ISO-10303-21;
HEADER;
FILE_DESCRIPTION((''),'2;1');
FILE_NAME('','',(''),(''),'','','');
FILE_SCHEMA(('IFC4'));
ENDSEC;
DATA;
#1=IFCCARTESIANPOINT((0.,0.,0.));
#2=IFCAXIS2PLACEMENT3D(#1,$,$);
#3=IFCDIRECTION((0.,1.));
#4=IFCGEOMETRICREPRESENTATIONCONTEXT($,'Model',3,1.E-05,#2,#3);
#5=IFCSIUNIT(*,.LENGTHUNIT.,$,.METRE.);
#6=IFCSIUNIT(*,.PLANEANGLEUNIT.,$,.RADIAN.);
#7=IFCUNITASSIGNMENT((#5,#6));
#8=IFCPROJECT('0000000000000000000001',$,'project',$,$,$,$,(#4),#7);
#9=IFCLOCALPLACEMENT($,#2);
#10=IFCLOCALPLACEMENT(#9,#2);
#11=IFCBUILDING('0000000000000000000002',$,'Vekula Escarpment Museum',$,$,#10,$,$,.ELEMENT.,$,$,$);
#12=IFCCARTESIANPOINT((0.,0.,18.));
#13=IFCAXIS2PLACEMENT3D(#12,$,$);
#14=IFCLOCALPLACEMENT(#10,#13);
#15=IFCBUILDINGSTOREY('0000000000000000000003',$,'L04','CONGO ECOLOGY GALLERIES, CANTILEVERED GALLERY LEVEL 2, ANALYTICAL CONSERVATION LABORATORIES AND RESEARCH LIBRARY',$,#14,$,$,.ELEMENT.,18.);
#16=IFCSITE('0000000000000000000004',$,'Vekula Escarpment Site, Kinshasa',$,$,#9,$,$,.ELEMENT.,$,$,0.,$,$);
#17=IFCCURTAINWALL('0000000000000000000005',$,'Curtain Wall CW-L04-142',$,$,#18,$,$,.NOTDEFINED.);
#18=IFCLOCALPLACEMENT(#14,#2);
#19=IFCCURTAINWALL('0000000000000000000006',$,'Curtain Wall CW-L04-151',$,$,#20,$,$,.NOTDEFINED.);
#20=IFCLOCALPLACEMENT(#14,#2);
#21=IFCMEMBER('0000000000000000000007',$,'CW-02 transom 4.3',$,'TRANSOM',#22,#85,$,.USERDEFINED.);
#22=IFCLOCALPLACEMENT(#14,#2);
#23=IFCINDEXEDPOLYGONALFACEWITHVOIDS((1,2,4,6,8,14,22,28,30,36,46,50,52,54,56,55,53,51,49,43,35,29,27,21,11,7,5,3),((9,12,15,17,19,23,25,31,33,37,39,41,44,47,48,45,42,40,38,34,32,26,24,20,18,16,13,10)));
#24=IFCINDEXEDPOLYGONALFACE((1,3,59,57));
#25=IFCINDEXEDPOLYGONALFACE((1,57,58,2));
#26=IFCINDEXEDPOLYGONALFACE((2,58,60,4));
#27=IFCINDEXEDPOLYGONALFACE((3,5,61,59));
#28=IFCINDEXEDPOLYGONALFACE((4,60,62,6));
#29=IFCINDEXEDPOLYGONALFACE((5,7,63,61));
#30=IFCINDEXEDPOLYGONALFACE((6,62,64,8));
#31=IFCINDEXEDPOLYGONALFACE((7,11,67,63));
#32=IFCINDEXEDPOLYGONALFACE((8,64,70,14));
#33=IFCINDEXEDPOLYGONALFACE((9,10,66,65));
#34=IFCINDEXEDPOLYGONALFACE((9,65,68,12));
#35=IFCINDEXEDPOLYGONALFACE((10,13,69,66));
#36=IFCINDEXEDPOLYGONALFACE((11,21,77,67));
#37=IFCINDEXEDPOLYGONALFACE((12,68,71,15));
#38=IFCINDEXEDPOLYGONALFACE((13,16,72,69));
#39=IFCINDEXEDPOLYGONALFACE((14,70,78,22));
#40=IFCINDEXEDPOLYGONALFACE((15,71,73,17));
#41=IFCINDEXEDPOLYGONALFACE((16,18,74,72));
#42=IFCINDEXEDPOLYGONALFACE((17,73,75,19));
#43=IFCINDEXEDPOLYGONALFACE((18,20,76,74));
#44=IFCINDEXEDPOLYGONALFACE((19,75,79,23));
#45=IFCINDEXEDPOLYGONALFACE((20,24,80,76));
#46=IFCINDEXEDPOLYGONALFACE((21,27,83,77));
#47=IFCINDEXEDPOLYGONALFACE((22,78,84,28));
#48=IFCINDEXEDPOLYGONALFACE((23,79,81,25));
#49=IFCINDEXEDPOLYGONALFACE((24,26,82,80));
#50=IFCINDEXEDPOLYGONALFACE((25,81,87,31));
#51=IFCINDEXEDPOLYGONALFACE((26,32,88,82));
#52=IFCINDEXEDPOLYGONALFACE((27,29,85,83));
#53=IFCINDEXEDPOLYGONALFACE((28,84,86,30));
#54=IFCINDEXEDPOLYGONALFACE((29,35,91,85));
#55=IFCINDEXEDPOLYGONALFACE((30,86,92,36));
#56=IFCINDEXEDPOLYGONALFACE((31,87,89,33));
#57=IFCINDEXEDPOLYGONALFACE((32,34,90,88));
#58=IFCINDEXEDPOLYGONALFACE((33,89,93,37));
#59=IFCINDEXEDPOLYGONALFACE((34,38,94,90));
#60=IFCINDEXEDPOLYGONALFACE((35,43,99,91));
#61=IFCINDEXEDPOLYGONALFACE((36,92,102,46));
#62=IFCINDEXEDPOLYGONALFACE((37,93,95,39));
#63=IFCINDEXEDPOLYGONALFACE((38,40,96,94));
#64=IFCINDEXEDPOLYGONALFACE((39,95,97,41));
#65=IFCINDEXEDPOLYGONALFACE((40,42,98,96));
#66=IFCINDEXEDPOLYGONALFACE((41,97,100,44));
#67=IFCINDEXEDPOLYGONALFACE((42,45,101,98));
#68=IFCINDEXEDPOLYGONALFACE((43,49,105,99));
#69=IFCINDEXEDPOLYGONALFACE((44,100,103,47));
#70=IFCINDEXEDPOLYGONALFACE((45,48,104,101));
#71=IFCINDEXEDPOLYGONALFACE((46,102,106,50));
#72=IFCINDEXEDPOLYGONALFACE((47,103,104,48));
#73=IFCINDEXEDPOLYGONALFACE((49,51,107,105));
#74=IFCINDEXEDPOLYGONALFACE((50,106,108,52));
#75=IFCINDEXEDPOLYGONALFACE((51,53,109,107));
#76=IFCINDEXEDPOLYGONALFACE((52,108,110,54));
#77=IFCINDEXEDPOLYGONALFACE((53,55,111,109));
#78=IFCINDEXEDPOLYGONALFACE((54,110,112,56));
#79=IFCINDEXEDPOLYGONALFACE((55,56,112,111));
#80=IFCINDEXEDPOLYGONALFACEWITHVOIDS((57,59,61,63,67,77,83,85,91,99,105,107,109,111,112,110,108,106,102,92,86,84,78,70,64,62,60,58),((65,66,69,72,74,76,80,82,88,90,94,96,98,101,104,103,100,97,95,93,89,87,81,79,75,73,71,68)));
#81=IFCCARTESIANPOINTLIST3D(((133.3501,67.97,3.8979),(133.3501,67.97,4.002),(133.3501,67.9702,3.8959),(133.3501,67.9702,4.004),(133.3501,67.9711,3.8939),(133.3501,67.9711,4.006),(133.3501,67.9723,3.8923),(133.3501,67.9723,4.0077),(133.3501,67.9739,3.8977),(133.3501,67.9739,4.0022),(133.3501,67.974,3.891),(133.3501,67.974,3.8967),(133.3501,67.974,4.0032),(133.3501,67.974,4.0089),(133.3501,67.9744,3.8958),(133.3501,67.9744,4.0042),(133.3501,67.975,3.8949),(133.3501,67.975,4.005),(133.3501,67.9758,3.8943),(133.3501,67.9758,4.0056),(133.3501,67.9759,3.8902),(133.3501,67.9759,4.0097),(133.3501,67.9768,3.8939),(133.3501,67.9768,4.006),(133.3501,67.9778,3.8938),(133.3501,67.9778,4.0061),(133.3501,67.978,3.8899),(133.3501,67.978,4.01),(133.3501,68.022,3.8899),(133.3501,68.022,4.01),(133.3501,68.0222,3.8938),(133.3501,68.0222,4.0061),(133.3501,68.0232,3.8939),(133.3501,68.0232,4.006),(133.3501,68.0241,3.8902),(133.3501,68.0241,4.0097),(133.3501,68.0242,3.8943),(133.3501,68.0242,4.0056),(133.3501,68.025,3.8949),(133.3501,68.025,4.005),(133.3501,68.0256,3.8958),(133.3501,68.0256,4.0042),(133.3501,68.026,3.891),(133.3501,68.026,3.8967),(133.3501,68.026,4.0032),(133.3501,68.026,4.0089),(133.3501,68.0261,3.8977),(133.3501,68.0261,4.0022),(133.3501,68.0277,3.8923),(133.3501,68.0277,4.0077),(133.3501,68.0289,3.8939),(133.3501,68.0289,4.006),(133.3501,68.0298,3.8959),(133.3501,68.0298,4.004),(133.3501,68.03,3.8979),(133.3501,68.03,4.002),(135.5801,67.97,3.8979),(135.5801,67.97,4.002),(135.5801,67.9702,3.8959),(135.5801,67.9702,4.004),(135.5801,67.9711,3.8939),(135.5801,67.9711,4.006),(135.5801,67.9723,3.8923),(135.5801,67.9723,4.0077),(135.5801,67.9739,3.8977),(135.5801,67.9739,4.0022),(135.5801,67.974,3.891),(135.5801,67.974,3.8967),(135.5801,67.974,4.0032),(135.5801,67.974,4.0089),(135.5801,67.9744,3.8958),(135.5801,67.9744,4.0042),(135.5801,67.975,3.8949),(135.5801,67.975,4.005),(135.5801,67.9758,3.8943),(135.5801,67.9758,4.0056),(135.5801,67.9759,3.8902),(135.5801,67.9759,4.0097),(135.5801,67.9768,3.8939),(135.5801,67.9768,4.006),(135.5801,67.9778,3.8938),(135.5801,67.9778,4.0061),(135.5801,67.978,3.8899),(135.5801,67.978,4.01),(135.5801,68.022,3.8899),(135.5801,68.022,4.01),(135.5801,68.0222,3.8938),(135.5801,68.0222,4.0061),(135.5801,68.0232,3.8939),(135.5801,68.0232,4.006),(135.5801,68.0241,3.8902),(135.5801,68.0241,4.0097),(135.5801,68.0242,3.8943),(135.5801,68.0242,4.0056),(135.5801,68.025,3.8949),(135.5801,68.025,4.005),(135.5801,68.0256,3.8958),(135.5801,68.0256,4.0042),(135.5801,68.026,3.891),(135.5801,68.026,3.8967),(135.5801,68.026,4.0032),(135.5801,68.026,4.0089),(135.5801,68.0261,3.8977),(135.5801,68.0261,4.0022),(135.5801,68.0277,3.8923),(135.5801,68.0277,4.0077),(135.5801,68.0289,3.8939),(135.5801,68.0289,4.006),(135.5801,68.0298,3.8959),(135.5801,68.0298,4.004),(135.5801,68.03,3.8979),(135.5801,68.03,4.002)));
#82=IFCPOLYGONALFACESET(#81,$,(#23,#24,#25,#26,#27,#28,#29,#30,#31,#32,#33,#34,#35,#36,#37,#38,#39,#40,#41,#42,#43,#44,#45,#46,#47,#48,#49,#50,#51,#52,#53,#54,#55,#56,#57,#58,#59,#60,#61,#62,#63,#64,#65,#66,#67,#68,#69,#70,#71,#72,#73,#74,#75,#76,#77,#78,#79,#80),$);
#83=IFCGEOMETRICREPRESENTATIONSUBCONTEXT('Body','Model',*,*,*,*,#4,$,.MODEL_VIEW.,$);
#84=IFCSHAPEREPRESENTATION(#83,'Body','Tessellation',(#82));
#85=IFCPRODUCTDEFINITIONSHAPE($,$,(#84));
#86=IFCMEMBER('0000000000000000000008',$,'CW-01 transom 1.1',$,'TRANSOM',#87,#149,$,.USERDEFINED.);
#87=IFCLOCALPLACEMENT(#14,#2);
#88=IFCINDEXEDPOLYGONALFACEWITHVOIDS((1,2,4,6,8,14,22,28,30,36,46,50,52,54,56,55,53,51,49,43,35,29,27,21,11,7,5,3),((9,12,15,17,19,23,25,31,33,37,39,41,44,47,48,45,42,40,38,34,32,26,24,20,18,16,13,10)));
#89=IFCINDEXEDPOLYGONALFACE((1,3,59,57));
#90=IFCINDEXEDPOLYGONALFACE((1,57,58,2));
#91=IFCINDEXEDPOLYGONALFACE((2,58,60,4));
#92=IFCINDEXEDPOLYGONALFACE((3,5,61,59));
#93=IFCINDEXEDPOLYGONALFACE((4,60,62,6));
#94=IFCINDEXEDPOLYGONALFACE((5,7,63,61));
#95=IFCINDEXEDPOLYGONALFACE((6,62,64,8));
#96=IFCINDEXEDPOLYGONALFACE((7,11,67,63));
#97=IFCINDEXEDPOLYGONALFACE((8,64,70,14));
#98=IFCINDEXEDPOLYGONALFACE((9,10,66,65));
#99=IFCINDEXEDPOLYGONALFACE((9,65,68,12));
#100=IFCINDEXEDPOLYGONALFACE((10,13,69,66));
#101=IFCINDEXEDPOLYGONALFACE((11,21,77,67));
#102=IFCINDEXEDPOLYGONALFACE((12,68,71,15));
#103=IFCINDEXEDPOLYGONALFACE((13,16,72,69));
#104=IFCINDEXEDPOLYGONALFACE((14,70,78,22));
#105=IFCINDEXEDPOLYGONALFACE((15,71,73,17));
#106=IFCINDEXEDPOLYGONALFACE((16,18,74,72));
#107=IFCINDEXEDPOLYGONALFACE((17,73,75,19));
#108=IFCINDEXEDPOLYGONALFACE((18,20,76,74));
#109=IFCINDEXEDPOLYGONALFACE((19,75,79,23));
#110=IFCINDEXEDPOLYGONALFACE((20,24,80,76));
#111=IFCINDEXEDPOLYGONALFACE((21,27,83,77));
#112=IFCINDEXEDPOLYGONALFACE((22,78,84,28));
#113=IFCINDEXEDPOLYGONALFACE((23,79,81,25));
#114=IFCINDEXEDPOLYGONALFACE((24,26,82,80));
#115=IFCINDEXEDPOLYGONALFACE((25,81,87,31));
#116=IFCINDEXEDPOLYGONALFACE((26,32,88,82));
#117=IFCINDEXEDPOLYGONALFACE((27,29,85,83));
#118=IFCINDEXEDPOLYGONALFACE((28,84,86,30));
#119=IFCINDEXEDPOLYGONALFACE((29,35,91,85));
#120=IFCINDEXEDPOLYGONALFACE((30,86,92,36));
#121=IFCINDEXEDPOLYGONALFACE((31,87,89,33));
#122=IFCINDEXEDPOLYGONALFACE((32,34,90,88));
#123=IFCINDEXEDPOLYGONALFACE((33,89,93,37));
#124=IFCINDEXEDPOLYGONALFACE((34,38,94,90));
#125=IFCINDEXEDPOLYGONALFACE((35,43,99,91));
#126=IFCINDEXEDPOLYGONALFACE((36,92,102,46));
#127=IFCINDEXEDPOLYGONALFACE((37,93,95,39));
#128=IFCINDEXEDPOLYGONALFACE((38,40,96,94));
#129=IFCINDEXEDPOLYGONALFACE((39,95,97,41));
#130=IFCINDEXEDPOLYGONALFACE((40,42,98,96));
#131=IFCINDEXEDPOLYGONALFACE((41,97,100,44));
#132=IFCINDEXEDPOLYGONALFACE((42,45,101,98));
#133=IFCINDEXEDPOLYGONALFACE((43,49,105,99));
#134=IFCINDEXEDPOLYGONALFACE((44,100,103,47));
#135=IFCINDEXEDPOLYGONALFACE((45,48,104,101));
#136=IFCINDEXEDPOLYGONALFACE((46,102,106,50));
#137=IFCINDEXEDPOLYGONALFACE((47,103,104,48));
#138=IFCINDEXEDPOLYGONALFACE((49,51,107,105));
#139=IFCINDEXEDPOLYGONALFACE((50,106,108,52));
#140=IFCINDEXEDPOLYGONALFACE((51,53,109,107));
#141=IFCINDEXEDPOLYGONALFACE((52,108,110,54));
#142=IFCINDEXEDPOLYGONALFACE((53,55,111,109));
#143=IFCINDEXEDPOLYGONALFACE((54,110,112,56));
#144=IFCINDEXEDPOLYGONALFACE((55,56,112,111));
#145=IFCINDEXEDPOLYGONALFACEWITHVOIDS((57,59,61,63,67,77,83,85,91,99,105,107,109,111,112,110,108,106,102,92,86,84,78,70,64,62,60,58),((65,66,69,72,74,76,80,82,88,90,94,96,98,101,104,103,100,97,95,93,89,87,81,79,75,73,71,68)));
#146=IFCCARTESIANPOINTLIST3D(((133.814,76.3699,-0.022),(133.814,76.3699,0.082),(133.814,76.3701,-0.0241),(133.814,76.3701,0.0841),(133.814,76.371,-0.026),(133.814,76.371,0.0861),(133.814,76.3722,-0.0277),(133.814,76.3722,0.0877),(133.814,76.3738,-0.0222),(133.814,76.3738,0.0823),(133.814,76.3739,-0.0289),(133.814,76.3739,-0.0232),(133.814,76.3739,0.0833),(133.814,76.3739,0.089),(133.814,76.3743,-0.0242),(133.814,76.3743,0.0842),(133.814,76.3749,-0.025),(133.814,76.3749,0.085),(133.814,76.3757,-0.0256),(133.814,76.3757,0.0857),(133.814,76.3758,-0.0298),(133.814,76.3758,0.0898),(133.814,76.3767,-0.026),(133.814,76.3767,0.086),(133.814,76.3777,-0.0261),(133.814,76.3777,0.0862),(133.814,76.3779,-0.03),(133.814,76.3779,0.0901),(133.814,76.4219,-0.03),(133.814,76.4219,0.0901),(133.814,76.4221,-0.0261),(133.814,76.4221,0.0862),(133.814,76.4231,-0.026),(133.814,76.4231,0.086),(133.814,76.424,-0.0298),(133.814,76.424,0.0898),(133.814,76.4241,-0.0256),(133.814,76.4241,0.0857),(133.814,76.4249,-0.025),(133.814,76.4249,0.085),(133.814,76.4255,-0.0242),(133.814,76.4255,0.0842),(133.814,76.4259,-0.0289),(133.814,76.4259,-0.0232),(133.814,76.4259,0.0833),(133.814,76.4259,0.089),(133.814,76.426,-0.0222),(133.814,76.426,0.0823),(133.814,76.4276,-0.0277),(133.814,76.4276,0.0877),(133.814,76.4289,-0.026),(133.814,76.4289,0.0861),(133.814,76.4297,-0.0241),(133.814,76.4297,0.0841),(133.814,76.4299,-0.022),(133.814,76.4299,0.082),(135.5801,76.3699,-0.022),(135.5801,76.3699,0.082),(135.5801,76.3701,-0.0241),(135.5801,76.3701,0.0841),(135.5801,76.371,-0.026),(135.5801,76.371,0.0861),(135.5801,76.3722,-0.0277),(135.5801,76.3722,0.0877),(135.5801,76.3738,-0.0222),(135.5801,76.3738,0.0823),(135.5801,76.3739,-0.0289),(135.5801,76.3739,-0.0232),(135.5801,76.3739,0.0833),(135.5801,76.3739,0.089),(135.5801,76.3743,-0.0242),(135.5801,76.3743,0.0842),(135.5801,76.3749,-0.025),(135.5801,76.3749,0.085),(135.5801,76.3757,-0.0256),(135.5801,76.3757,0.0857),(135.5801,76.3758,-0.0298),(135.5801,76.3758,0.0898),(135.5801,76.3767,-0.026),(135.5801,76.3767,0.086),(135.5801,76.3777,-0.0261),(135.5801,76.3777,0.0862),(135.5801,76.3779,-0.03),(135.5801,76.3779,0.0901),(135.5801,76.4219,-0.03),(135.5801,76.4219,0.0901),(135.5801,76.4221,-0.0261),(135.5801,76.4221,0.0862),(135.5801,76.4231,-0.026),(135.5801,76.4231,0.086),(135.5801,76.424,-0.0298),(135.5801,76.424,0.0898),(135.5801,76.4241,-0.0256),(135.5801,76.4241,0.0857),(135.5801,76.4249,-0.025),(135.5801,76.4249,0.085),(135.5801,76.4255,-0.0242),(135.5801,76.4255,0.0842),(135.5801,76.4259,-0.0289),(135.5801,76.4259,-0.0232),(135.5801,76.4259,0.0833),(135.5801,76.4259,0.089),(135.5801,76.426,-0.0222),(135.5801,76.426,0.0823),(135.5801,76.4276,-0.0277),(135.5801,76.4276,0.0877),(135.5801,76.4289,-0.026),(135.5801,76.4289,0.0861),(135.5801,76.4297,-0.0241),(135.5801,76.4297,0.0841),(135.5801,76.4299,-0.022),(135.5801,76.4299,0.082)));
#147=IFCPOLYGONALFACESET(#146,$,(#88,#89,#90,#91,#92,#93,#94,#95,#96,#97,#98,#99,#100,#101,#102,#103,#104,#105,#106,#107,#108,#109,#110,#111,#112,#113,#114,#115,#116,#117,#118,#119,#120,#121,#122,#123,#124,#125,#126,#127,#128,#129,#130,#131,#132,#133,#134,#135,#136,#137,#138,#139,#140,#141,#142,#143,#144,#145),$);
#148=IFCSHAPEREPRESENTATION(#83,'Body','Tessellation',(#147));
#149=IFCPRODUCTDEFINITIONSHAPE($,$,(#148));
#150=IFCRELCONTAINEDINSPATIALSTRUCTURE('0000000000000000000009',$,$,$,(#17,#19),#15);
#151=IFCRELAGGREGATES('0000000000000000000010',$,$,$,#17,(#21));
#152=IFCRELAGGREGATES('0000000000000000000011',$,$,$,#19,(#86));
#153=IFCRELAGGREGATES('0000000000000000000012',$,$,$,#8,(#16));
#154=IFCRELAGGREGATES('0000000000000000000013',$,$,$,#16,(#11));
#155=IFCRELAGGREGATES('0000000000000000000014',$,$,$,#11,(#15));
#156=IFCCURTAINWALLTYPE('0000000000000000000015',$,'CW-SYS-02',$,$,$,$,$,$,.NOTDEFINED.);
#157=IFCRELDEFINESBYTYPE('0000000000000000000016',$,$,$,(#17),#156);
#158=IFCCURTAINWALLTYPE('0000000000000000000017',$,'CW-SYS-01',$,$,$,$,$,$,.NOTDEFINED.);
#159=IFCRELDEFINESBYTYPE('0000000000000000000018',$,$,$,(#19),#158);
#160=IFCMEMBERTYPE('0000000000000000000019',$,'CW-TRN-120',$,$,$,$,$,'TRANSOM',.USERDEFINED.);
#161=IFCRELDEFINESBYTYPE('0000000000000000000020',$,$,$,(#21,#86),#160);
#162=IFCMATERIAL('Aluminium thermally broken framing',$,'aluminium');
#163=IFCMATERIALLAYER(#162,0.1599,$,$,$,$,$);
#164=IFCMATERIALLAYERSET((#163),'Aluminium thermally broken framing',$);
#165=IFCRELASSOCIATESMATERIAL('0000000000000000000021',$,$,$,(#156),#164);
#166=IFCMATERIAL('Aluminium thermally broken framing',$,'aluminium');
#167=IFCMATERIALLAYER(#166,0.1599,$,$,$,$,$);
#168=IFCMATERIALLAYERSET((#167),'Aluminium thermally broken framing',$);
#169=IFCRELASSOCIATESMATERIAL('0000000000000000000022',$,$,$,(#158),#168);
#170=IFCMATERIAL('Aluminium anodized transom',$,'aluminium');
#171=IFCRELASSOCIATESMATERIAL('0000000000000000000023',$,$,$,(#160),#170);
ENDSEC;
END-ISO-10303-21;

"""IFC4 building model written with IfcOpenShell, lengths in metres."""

from ifc_helpers import new_model, si_unit, direction, frame, origin, origin_2d, place, context, subcontext, project, spatial, hollow_rectangle, extrude, material, layer, layer_set, material_profile, profile_set, type_object, element, aggregate, save


model = new_model("IFC4")

# Units and contexts
model_context = context("Model", 3, precision=1e-05, world=origin(), true_north=direction((0.0, 1.0)))
body_context = subcontext(model_context, "Body", "Model", "MODEL_VIEW")
ifc_project = project(units=[si_unit("LENGTHUNIT", "METRE"), si_unit("PLANEANGLEUNIT", "RADIAN")], contexts=[model_context])

# Site, building, storey
site_placement = place(None, origin())
site = spatial("IfcSite", under=ifc_project, at=site_placement, Name="Vekula Escarpment Site, Kinshasa", CompositionType="ELEMENT", RefElevation=0.0)
building_placement = place(site_placement, origin())
building = spatial("IfcBuilding", under=site, at=building_placement, Name="Vekula Escarpment Museum", CompositionType="ELEMENT")
storey_placement = place(building_placement, frame((0.0, 0.0, 18.0)))
storey = spatial("IfcBuildingStorey", under=building, at=storey_placement, Name="L04", Description="CONGO ECOLOGY GALLERIES, CANTILEVERED GALLERY LEVEL 2, ANALYTICAL CONSERVATION LABORATORIES AND RESEARCH LIBRARY", CompositionType="ELEMENT", Elevation=18.0)

# Curtain walls
ifc_material_1 = material(Name="Aluminium thermally broken framing", Category="aluminium")
ifc_layer_1 = layer(ifc_material_1, 0.1599)
ifc_layer_set_1 = layer_set([ifc_layer_1], Name="Aluminium thermally broken framing")
curtain_wall_type_1 = type_object("IfcCurtainWallType", Name="CW-SYS-02", PredefinedType="NOTDEFINED", material=ifc_layer_set_1)
curtain_wall_1_placement = place(storey_placement, origin())
curtain_wall_1 = element("IfcCurtainWall", 1, at=curtain_wall_1_placement, inside=storey, type_object=curtain_wall_type_1, Name="Curtain Wall CW-L04-142", PredefinedType="NOTDEFINED")
ifc_material_2 = material(Name="Aluminium thermally broken framing", Category="aluminium")
ifc_layer_2 = layer(ifc_material_2, 0.1599)
ifc_layer_set_2 = layer_set([ifc_layer_2], Name="Aluminium thermally broken framing")
curtain_wall_type_2 = type_object("IfcCurtainWallType", Name="CW-SYS-01", PredefinedType="NOTDEFINED", material=ifc_layer_set_2)
curtain_wall_2_placement = place(storey_placement, origin())
curtain_wall_2 = element("IfcCurtainWall", 2, at=curtain_wall_2_placement, inside=storey, type_object=curtain_wall_type_2, Name="Curtain Wall CW-L04-151", PredefinedType="NOTDEFINED")

# Members
ifc_material_3 = material(Name="Aluminium anodized transom", Category="aluminium")
ifc_material_profile_1 = material_profile(ifc_material_3, hollow_rectangle(XDim=0.0601, YDim=0.1201, WallThickness=0.0039, InnerFilletRadius=0.0039, OuterFilletRadius=0.0081, at=origin_2d()), Name="ALU 120x60x4")
ifc_profile_set_1 = profile_set([ifc_material_profile_1], Name="Aluminium anodized transom")
member_type_1 = type_object("IfcMemberType", Name="CW-TRN-120", ElementType="TRANSOM", PredefinedType="USERDEFINED", material=ifc_profile_set_1)
member_1_placement = place(storey_placement, frame((133.3501, 68.0, 3.95), z_axis=(1.0, 0.0, 0.0), x_axis=(0.0, 1.0, 0.0)))
member_1 = element("IfcMember", 3, at=member_1_placement, type_object=member_type_1, Name="CW-02 transom 4.3", ObjectType="TRANSOM", PredefinedType="USERDEFINED", context=body_context, shape_type="SweptSolid", body=[
    extrude(hollow_rectangle(XDim=0.0601, YDim=0.1201, WallThickness=0.0039, InnerFilletRadius=0.0039, OuterFilletRadius=0.0081, at=origin_2d()), origin(), (0.0, 0.0, 1.0), 2.23),
])
member_2_placement = place(storey_placement, frame((135.5801, 76.3999, 0.03), z_axis=(-1.0, 0.0, 0.0), x_axis=(0.0, -1.0, 0.0)))
member_2 = element("IfcMember", 4, at=member_2_placement, type_object=member_type_1, Name="CW-01 transom 1.1", ObjectType="TRANSOM", PredefinedType="USERDEFINED", context=body_context, shape_type="SweptSolid", body=[
    extrude(hollow_rectangle(XDim=0.0601, YDim=0.1201, WallThickness=0.0039, InnerFilletRadius=0.0039, OuterFilletRadius=0.0081, at=origin_2d()), origin(), (0.0, 0.0, 1.0), 1.7661),
])

aggregate(curtain_wall_1, [member_1])
aggregate(curtain_wall_2, [member_2])

save(model, "model.ifc")
